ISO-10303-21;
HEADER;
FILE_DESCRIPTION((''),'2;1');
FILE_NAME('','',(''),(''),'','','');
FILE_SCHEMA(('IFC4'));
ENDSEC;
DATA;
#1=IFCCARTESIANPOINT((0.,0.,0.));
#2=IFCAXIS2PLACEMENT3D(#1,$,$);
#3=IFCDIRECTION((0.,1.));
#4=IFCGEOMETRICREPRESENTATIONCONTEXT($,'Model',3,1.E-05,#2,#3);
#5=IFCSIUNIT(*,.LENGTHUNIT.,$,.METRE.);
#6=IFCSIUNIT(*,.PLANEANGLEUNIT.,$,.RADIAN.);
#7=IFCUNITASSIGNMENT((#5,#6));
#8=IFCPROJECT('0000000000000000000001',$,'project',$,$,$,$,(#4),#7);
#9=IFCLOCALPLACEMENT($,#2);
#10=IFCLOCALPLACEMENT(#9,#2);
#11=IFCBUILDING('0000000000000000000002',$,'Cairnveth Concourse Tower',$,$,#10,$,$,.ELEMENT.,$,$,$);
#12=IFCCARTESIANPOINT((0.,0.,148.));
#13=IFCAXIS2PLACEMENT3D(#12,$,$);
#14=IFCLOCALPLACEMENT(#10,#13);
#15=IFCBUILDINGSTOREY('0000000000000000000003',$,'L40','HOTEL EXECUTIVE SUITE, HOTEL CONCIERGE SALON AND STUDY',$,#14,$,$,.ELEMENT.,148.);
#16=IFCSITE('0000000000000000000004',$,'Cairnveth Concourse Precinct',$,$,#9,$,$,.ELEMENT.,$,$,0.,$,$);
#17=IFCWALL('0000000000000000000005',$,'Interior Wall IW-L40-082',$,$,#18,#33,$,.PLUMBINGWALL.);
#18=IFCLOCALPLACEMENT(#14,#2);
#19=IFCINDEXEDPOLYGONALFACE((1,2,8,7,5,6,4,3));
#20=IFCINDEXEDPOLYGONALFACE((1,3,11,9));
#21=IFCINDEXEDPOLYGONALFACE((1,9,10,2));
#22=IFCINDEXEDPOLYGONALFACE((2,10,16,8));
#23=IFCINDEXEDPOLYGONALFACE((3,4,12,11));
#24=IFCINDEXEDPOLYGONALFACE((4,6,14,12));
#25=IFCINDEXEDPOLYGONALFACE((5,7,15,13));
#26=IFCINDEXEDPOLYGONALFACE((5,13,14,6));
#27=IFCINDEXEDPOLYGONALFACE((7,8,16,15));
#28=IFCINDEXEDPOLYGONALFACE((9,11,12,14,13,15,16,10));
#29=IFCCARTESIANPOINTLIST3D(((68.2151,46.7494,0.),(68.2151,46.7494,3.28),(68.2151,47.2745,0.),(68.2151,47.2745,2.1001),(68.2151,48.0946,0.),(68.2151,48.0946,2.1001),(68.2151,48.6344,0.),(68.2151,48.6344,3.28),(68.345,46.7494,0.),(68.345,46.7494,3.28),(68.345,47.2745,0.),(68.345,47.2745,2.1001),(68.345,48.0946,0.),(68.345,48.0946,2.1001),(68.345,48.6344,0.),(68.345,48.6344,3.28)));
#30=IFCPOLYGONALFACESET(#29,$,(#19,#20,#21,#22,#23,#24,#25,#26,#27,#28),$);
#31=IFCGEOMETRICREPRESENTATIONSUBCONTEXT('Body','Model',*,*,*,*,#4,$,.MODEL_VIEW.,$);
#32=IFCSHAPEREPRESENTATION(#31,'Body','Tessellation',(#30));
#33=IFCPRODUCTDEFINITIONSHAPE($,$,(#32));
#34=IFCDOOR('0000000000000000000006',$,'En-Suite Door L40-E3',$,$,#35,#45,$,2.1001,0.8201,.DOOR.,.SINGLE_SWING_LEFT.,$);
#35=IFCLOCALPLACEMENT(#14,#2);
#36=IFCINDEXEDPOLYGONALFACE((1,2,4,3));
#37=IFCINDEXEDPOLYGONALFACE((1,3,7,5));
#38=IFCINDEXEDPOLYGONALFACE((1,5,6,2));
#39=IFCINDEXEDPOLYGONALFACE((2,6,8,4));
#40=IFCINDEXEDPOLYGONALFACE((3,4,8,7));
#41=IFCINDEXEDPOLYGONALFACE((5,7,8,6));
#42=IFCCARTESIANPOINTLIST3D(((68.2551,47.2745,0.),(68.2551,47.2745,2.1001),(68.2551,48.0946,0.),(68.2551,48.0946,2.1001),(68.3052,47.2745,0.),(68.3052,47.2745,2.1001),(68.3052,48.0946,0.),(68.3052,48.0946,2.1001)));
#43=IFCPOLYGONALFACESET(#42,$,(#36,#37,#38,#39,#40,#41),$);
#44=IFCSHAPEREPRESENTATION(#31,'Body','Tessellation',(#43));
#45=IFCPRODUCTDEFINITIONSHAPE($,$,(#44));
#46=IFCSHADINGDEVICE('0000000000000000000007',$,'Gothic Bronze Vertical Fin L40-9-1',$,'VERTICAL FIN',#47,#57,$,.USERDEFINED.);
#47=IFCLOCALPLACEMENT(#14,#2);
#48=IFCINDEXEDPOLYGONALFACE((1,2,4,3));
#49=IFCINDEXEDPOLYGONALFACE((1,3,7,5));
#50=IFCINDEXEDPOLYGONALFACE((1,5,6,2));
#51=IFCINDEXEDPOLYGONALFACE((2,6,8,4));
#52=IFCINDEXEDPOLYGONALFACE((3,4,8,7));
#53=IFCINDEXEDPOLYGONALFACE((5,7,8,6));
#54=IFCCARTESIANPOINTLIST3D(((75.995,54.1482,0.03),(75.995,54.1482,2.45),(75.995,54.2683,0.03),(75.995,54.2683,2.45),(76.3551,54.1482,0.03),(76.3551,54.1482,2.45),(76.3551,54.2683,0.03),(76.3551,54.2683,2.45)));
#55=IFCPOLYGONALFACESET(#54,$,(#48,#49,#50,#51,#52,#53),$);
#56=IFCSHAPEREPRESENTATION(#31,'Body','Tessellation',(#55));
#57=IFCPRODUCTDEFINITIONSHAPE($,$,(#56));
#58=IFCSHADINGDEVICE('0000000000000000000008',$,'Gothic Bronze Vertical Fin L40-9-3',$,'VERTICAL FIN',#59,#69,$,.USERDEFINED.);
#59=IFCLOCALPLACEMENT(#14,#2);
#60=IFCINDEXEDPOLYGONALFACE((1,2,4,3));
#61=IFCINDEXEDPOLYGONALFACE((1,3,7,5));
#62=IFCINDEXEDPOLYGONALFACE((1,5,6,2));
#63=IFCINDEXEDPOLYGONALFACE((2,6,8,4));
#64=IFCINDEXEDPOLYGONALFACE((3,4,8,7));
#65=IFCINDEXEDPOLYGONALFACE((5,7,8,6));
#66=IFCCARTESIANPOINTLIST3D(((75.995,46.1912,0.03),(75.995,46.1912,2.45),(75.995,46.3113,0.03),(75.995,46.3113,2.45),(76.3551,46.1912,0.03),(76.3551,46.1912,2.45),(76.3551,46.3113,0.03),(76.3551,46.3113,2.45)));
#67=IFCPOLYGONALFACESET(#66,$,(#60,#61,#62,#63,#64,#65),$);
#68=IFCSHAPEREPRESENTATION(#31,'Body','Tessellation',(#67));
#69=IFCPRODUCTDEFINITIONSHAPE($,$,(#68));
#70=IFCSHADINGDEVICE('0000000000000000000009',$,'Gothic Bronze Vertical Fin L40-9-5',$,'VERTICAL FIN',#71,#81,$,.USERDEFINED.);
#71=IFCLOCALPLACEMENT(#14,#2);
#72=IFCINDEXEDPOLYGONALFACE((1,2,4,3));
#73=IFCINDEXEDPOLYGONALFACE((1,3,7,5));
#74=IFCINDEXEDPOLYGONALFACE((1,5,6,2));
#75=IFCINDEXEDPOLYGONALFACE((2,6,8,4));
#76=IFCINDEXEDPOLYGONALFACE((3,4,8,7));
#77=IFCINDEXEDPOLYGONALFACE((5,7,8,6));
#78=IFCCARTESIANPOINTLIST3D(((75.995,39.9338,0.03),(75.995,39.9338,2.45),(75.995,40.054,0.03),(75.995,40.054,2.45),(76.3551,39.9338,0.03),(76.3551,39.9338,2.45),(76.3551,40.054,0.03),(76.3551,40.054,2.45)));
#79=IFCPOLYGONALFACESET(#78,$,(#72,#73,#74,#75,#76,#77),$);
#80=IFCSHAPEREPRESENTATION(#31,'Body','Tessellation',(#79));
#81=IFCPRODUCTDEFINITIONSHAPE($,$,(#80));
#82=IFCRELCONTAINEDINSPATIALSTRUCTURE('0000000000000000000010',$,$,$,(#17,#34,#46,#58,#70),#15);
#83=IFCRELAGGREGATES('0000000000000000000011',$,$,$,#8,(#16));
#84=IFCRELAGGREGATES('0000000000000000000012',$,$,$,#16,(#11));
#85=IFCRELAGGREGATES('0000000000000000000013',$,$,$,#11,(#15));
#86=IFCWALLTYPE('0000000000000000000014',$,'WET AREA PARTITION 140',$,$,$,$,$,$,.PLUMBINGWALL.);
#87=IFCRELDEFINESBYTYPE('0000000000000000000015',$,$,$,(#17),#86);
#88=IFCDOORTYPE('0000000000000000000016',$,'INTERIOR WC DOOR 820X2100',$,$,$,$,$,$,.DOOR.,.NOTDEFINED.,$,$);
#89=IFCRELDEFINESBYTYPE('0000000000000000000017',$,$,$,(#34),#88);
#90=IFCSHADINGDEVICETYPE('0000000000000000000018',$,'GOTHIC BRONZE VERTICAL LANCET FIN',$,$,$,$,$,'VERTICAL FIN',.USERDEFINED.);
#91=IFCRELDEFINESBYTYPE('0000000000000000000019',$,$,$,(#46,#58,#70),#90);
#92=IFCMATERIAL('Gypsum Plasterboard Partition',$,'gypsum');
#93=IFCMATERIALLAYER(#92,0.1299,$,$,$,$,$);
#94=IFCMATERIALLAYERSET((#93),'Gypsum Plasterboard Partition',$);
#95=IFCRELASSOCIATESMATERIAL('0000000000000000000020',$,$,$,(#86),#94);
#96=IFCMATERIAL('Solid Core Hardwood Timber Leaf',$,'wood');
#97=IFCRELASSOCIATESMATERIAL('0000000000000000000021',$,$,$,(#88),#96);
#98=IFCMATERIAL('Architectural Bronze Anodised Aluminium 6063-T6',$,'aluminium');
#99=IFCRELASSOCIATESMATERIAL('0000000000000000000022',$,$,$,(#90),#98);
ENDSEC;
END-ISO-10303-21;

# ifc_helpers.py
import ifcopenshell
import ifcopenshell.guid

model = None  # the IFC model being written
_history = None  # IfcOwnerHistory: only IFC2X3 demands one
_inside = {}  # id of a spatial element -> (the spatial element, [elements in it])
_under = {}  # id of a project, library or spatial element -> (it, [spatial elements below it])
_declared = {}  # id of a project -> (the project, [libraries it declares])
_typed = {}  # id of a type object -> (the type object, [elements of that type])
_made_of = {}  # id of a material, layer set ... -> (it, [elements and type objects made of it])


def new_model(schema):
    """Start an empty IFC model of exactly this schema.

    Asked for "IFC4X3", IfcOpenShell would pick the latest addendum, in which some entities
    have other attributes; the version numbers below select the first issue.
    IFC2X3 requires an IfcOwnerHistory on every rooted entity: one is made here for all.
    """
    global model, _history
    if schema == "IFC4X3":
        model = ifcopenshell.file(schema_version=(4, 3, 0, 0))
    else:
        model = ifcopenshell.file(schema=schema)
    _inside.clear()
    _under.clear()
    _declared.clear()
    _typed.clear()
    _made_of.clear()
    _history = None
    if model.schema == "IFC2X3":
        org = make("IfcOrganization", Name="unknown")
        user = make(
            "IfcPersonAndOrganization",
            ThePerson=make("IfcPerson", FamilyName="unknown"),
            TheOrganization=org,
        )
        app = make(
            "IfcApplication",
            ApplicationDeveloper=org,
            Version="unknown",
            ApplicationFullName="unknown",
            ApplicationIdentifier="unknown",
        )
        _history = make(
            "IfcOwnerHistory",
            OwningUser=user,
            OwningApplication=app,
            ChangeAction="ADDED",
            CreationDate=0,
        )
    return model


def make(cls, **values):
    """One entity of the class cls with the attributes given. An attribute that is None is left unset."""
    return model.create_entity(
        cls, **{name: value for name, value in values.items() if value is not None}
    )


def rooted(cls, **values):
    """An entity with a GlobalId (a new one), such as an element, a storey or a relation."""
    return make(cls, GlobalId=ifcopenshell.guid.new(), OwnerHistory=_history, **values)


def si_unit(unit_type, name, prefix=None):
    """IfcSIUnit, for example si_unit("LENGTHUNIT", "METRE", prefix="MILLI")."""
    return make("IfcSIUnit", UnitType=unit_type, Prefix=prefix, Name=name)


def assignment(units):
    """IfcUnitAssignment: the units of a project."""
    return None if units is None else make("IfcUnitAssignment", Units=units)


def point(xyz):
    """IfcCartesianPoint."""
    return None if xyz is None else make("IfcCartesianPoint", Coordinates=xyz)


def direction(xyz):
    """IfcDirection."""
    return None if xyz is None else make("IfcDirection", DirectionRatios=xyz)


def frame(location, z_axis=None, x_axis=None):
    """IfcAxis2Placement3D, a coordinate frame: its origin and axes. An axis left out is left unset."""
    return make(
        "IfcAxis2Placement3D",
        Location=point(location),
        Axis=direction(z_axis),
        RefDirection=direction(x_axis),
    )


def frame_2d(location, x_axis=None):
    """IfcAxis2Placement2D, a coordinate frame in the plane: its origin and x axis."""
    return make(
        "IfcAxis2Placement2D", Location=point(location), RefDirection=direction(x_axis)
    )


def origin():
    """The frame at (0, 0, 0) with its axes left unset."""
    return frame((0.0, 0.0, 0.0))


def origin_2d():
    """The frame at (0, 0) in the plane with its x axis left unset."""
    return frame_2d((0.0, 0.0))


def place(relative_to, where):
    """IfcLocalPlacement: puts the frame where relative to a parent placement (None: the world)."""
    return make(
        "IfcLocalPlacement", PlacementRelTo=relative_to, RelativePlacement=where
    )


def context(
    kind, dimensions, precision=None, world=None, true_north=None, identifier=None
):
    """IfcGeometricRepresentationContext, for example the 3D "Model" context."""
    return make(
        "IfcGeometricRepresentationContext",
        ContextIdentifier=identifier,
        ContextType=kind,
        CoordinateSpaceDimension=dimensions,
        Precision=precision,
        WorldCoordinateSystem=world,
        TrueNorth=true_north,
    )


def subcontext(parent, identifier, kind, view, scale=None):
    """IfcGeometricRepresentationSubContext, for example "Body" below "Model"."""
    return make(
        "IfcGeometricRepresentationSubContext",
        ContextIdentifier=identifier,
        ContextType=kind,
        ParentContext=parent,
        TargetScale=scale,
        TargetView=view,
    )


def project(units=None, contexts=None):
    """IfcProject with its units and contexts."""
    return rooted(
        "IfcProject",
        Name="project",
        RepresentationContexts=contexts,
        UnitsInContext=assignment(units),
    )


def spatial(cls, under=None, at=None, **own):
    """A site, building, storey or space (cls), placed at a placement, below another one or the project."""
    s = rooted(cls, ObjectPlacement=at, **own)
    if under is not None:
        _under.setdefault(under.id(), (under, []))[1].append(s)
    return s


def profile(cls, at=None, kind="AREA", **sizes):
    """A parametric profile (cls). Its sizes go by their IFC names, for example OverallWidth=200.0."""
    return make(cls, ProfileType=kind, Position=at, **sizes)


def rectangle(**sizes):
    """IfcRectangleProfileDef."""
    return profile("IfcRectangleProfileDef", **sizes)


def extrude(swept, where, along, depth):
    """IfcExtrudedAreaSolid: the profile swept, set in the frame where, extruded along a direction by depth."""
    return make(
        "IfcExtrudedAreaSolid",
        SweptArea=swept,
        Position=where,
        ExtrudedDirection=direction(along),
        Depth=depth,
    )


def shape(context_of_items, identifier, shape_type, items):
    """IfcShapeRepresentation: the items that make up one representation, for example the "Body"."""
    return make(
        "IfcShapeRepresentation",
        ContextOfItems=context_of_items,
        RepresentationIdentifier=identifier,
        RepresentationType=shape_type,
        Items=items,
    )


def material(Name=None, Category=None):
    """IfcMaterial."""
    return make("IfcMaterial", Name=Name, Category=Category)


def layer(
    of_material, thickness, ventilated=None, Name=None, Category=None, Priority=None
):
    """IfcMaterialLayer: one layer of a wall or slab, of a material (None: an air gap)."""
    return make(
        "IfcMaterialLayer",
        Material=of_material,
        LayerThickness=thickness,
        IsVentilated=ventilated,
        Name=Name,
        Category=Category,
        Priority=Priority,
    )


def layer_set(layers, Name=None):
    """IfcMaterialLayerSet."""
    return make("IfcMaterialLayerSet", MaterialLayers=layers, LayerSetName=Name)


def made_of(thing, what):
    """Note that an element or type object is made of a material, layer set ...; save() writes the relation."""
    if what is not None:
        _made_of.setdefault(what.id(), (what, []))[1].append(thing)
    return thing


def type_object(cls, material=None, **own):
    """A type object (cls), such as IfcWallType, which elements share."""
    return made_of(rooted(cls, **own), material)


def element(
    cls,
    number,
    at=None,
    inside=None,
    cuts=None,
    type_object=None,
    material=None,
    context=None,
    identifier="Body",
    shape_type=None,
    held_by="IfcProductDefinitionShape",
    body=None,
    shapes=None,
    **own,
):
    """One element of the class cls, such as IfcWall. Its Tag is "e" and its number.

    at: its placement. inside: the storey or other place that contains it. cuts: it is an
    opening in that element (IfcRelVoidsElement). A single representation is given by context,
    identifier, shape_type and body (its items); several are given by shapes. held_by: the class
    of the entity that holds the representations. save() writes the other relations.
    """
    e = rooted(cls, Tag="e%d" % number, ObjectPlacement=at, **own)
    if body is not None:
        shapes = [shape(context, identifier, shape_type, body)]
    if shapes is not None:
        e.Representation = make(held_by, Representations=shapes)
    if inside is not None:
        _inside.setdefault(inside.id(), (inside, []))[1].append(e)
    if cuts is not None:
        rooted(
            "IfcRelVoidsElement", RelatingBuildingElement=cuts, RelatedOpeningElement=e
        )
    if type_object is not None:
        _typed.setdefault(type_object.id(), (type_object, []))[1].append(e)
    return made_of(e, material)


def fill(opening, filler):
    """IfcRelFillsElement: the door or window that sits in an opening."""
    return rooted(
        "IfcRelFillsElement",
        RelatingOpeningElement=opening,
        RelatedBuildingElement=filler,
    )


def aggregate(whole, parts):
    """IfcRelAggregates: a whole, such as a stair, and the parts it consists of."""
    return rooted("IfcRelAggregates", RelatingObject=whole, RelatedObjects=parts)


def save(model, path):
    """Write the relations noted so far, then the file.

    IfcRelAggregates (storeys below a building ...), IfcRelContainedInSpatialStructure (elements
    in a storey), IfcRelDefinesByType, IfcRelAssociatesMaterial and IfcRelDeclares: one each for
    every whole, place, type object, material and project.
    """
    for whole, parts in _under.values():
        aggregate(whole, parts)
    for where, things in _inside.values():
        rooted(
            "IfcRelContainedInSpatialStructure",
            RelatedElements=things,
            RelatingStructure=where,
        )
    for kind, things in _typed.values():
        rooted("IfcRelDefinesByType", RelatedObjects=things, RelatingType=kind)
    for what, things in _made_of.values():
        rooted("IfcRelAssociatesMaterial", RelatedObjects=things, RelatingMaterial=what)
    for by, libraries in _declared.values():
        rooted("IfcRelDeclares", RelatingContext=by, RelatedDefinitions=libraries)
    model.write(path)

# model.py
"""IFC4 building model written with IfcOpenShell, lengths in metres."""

from ifc_helpers import new_model, si_unit, direction, frame, frame_2d, origin, origin_2d, place, context, subcontext, project, spatial, rectangle, extrude, material, layer, layer_set, type_object, element, fill, save


model = new_model("IFC4")

# Units and contexts
model_context = context("Model", 3, precision=1e-05, world=origin(), true_north=direction((0.0, 1.0)))
body_context = subcontext(model_context, "Body", "Model", "MODEL_VIEW")
ifc_project = project(units=[si_unit("LENGTHUNIT", "METRE"), si_unit("PLANEANGLEUNIT", "RADIAN")], contexts=[model_context])

# Site, building, storey
site_placement = place(None, origin())
site = spatial("IfcSite", under=ifc_project, at=site_placement, Name="Cairnveth Concourse Precinct", CompositionType="ELEMENT", RefElevation=0.0)
building_placement = place(site_placement, origin())
building = spatial("IfcBuilding", under=site, at=building_placement, Name="Cairnveth Concourse Tower", CompositionType="ELEMENT")
storey_placement = place(building_placement, frame((0.0, 0.0, 148.0)))
storey = spatial("IfcBuildingStorey", under=building, at=storey_placement, Name="L40", Description="HOTEL EXECUTIVE SUITE, HOTEL CONCIERGE SALON AND STUDY", CompositionType="ELEMENT", Elevation=148.0)

# Shared definitions
ifc_material_1 = material(Name="Gypsum Plasterboard Partition", Category="gypsum")

# Shared definitions
ifc_layer_1 = layer(ifc_material_1, 0.1299)
ifc_layer_set_1 = layer_set([ifc_layer_1], Name="Gypsum Plasterboard Partition")
wall_type_1 = type_object("IfcWallType", Name="WET AREA PARTITION 140", PredefinedType="PLUMBINGWALL", material=ifc_layer_set_1)

# Wall, opening, door
wall_1_placement = place(storey_placement, frame((68.28, 46.7495, 0.0), z_axis=(0.0, 0.0, 1.0), x_axis=(0.0, 1.0, 0.0)))
wall_1 = element("IfcWall", 1, at=wall_1_placement, inside=storey, type_object=wall_type_1, Name="Interior Wall IW-L40-082", PredefinedType="PLUMBINGWALL", context=body_context, shape_type="SweptSolid", body=[
    extrude(rectangle(XDim=1.885, YDim=0.1299, at=frame_2d((0.9424, 0.0))), origin(), (0.0, 0.0, 1.0), 3.28),
])
opening_1_placement = place(wall_1_placement, frame((0.5249, 0.0, 0.0)))
opening_1 = element("IfcOpeningElement", 2, at=opening_1_placement, cuts=wall_1, PredefinedType="OPENING", context=body_context, shape_type="SweptSolid", body=[
    extrude(rectangle(XDim=0.8201, YDim=2.1001, at=frame_2d((0.4102, 1.05))), frame((0.0, 0.075, 0.0), z_axis=(0.0, -1.0, 0.0), x_axis=(1.0, 0.0, 0.0)), (0.0, 0.0, 1.0), 0.1499),
])
ifc_material_2 = material(Name="Solid Core Hardwood Timber Leaf", Category="wood")
door_type_1 = type_object("IfcDoorType", Name="INTERIOR WC DOOR 820X2100", OperationType="NOTDEFINED", PredefinedType="DOOR", material=ifc_material_2)
door_1_placement = place(opening_1_placement, origin())
door_1 = element("IfcDoor", 3, at=door_1_placement, inside=storey, type_object=door_type_1, Name="En-Suite Door L40-E3", OperationType="SINGLE_SWING_LEFT", OverallHeight=2.1001, OverallWidth=0.8201, PredefinedType="DOOR", context=body_context, shape_type="SweptSolid", body=[
    extrude(rectangle(XDim=0.8201, YDim=2.1001, at=frame_2d((0.4102, 1.05))), frame((0.0, 0.0249, 0.0), z_axis=(0.0, -1.0, 0.0), x_axis=(1.0, 0.0, 0.0)), (0.0, 0.0, 1.0), 0.05),
])
fill(opening_1, door_1)

# Shading devices
ifc_material_3 = material(Name="Architectural Bronze Anodised Aluminium 6063-T6", Category="aluminium")
shading_device_type = type_object("IfcShadingDeviceType", Name="GOTHIC BRONZE VERTICAL LANCET FIN", ElementType="VERTICAL FIN", PredefinedType="USERDEFINED", material=ifc_material_3)
for number, where, z_axis, x_axis, name in (
    (4, (76.175, 54.2083, 0.03), (0.0, 0.0, 1.0), (0.0, 1.0, 0.0), "Gothic Bronze Vertical Fin L40-9-1"),
    (5, (76.175, 46.2512, 0.03), (0.0, 0.0, 1.0), (0.0, 1.0, 0.0), "Gothic Bronze Vertical Fin L40-9-3"),
    (6, (76.175, 39.9939, 0.03), (0.0, 0.0, 1.0), (0.0, 1.0, 0.0), "Gothic Bronze Vertical Fin L40-9-5"),
):
    element("IfcShadingDevice", number, at=place(storey_placement, frame(where, z_axis=z_axis, x_axis=x_axis)), inside=storey, type_object=shading_device_type, Name=name, ObjectType="VERTICAL FIN", PredefinedType="USERDEFINED", context=body_context, shape_type="SweptSolid", body=[
        extrude(rectangle(XDim=0.1201, YDim=0.3601, at=origin_2d()), origin(), (0.0, 0.0, 1.0), 2.4199),
    ])

save(model, "model.ifc")
